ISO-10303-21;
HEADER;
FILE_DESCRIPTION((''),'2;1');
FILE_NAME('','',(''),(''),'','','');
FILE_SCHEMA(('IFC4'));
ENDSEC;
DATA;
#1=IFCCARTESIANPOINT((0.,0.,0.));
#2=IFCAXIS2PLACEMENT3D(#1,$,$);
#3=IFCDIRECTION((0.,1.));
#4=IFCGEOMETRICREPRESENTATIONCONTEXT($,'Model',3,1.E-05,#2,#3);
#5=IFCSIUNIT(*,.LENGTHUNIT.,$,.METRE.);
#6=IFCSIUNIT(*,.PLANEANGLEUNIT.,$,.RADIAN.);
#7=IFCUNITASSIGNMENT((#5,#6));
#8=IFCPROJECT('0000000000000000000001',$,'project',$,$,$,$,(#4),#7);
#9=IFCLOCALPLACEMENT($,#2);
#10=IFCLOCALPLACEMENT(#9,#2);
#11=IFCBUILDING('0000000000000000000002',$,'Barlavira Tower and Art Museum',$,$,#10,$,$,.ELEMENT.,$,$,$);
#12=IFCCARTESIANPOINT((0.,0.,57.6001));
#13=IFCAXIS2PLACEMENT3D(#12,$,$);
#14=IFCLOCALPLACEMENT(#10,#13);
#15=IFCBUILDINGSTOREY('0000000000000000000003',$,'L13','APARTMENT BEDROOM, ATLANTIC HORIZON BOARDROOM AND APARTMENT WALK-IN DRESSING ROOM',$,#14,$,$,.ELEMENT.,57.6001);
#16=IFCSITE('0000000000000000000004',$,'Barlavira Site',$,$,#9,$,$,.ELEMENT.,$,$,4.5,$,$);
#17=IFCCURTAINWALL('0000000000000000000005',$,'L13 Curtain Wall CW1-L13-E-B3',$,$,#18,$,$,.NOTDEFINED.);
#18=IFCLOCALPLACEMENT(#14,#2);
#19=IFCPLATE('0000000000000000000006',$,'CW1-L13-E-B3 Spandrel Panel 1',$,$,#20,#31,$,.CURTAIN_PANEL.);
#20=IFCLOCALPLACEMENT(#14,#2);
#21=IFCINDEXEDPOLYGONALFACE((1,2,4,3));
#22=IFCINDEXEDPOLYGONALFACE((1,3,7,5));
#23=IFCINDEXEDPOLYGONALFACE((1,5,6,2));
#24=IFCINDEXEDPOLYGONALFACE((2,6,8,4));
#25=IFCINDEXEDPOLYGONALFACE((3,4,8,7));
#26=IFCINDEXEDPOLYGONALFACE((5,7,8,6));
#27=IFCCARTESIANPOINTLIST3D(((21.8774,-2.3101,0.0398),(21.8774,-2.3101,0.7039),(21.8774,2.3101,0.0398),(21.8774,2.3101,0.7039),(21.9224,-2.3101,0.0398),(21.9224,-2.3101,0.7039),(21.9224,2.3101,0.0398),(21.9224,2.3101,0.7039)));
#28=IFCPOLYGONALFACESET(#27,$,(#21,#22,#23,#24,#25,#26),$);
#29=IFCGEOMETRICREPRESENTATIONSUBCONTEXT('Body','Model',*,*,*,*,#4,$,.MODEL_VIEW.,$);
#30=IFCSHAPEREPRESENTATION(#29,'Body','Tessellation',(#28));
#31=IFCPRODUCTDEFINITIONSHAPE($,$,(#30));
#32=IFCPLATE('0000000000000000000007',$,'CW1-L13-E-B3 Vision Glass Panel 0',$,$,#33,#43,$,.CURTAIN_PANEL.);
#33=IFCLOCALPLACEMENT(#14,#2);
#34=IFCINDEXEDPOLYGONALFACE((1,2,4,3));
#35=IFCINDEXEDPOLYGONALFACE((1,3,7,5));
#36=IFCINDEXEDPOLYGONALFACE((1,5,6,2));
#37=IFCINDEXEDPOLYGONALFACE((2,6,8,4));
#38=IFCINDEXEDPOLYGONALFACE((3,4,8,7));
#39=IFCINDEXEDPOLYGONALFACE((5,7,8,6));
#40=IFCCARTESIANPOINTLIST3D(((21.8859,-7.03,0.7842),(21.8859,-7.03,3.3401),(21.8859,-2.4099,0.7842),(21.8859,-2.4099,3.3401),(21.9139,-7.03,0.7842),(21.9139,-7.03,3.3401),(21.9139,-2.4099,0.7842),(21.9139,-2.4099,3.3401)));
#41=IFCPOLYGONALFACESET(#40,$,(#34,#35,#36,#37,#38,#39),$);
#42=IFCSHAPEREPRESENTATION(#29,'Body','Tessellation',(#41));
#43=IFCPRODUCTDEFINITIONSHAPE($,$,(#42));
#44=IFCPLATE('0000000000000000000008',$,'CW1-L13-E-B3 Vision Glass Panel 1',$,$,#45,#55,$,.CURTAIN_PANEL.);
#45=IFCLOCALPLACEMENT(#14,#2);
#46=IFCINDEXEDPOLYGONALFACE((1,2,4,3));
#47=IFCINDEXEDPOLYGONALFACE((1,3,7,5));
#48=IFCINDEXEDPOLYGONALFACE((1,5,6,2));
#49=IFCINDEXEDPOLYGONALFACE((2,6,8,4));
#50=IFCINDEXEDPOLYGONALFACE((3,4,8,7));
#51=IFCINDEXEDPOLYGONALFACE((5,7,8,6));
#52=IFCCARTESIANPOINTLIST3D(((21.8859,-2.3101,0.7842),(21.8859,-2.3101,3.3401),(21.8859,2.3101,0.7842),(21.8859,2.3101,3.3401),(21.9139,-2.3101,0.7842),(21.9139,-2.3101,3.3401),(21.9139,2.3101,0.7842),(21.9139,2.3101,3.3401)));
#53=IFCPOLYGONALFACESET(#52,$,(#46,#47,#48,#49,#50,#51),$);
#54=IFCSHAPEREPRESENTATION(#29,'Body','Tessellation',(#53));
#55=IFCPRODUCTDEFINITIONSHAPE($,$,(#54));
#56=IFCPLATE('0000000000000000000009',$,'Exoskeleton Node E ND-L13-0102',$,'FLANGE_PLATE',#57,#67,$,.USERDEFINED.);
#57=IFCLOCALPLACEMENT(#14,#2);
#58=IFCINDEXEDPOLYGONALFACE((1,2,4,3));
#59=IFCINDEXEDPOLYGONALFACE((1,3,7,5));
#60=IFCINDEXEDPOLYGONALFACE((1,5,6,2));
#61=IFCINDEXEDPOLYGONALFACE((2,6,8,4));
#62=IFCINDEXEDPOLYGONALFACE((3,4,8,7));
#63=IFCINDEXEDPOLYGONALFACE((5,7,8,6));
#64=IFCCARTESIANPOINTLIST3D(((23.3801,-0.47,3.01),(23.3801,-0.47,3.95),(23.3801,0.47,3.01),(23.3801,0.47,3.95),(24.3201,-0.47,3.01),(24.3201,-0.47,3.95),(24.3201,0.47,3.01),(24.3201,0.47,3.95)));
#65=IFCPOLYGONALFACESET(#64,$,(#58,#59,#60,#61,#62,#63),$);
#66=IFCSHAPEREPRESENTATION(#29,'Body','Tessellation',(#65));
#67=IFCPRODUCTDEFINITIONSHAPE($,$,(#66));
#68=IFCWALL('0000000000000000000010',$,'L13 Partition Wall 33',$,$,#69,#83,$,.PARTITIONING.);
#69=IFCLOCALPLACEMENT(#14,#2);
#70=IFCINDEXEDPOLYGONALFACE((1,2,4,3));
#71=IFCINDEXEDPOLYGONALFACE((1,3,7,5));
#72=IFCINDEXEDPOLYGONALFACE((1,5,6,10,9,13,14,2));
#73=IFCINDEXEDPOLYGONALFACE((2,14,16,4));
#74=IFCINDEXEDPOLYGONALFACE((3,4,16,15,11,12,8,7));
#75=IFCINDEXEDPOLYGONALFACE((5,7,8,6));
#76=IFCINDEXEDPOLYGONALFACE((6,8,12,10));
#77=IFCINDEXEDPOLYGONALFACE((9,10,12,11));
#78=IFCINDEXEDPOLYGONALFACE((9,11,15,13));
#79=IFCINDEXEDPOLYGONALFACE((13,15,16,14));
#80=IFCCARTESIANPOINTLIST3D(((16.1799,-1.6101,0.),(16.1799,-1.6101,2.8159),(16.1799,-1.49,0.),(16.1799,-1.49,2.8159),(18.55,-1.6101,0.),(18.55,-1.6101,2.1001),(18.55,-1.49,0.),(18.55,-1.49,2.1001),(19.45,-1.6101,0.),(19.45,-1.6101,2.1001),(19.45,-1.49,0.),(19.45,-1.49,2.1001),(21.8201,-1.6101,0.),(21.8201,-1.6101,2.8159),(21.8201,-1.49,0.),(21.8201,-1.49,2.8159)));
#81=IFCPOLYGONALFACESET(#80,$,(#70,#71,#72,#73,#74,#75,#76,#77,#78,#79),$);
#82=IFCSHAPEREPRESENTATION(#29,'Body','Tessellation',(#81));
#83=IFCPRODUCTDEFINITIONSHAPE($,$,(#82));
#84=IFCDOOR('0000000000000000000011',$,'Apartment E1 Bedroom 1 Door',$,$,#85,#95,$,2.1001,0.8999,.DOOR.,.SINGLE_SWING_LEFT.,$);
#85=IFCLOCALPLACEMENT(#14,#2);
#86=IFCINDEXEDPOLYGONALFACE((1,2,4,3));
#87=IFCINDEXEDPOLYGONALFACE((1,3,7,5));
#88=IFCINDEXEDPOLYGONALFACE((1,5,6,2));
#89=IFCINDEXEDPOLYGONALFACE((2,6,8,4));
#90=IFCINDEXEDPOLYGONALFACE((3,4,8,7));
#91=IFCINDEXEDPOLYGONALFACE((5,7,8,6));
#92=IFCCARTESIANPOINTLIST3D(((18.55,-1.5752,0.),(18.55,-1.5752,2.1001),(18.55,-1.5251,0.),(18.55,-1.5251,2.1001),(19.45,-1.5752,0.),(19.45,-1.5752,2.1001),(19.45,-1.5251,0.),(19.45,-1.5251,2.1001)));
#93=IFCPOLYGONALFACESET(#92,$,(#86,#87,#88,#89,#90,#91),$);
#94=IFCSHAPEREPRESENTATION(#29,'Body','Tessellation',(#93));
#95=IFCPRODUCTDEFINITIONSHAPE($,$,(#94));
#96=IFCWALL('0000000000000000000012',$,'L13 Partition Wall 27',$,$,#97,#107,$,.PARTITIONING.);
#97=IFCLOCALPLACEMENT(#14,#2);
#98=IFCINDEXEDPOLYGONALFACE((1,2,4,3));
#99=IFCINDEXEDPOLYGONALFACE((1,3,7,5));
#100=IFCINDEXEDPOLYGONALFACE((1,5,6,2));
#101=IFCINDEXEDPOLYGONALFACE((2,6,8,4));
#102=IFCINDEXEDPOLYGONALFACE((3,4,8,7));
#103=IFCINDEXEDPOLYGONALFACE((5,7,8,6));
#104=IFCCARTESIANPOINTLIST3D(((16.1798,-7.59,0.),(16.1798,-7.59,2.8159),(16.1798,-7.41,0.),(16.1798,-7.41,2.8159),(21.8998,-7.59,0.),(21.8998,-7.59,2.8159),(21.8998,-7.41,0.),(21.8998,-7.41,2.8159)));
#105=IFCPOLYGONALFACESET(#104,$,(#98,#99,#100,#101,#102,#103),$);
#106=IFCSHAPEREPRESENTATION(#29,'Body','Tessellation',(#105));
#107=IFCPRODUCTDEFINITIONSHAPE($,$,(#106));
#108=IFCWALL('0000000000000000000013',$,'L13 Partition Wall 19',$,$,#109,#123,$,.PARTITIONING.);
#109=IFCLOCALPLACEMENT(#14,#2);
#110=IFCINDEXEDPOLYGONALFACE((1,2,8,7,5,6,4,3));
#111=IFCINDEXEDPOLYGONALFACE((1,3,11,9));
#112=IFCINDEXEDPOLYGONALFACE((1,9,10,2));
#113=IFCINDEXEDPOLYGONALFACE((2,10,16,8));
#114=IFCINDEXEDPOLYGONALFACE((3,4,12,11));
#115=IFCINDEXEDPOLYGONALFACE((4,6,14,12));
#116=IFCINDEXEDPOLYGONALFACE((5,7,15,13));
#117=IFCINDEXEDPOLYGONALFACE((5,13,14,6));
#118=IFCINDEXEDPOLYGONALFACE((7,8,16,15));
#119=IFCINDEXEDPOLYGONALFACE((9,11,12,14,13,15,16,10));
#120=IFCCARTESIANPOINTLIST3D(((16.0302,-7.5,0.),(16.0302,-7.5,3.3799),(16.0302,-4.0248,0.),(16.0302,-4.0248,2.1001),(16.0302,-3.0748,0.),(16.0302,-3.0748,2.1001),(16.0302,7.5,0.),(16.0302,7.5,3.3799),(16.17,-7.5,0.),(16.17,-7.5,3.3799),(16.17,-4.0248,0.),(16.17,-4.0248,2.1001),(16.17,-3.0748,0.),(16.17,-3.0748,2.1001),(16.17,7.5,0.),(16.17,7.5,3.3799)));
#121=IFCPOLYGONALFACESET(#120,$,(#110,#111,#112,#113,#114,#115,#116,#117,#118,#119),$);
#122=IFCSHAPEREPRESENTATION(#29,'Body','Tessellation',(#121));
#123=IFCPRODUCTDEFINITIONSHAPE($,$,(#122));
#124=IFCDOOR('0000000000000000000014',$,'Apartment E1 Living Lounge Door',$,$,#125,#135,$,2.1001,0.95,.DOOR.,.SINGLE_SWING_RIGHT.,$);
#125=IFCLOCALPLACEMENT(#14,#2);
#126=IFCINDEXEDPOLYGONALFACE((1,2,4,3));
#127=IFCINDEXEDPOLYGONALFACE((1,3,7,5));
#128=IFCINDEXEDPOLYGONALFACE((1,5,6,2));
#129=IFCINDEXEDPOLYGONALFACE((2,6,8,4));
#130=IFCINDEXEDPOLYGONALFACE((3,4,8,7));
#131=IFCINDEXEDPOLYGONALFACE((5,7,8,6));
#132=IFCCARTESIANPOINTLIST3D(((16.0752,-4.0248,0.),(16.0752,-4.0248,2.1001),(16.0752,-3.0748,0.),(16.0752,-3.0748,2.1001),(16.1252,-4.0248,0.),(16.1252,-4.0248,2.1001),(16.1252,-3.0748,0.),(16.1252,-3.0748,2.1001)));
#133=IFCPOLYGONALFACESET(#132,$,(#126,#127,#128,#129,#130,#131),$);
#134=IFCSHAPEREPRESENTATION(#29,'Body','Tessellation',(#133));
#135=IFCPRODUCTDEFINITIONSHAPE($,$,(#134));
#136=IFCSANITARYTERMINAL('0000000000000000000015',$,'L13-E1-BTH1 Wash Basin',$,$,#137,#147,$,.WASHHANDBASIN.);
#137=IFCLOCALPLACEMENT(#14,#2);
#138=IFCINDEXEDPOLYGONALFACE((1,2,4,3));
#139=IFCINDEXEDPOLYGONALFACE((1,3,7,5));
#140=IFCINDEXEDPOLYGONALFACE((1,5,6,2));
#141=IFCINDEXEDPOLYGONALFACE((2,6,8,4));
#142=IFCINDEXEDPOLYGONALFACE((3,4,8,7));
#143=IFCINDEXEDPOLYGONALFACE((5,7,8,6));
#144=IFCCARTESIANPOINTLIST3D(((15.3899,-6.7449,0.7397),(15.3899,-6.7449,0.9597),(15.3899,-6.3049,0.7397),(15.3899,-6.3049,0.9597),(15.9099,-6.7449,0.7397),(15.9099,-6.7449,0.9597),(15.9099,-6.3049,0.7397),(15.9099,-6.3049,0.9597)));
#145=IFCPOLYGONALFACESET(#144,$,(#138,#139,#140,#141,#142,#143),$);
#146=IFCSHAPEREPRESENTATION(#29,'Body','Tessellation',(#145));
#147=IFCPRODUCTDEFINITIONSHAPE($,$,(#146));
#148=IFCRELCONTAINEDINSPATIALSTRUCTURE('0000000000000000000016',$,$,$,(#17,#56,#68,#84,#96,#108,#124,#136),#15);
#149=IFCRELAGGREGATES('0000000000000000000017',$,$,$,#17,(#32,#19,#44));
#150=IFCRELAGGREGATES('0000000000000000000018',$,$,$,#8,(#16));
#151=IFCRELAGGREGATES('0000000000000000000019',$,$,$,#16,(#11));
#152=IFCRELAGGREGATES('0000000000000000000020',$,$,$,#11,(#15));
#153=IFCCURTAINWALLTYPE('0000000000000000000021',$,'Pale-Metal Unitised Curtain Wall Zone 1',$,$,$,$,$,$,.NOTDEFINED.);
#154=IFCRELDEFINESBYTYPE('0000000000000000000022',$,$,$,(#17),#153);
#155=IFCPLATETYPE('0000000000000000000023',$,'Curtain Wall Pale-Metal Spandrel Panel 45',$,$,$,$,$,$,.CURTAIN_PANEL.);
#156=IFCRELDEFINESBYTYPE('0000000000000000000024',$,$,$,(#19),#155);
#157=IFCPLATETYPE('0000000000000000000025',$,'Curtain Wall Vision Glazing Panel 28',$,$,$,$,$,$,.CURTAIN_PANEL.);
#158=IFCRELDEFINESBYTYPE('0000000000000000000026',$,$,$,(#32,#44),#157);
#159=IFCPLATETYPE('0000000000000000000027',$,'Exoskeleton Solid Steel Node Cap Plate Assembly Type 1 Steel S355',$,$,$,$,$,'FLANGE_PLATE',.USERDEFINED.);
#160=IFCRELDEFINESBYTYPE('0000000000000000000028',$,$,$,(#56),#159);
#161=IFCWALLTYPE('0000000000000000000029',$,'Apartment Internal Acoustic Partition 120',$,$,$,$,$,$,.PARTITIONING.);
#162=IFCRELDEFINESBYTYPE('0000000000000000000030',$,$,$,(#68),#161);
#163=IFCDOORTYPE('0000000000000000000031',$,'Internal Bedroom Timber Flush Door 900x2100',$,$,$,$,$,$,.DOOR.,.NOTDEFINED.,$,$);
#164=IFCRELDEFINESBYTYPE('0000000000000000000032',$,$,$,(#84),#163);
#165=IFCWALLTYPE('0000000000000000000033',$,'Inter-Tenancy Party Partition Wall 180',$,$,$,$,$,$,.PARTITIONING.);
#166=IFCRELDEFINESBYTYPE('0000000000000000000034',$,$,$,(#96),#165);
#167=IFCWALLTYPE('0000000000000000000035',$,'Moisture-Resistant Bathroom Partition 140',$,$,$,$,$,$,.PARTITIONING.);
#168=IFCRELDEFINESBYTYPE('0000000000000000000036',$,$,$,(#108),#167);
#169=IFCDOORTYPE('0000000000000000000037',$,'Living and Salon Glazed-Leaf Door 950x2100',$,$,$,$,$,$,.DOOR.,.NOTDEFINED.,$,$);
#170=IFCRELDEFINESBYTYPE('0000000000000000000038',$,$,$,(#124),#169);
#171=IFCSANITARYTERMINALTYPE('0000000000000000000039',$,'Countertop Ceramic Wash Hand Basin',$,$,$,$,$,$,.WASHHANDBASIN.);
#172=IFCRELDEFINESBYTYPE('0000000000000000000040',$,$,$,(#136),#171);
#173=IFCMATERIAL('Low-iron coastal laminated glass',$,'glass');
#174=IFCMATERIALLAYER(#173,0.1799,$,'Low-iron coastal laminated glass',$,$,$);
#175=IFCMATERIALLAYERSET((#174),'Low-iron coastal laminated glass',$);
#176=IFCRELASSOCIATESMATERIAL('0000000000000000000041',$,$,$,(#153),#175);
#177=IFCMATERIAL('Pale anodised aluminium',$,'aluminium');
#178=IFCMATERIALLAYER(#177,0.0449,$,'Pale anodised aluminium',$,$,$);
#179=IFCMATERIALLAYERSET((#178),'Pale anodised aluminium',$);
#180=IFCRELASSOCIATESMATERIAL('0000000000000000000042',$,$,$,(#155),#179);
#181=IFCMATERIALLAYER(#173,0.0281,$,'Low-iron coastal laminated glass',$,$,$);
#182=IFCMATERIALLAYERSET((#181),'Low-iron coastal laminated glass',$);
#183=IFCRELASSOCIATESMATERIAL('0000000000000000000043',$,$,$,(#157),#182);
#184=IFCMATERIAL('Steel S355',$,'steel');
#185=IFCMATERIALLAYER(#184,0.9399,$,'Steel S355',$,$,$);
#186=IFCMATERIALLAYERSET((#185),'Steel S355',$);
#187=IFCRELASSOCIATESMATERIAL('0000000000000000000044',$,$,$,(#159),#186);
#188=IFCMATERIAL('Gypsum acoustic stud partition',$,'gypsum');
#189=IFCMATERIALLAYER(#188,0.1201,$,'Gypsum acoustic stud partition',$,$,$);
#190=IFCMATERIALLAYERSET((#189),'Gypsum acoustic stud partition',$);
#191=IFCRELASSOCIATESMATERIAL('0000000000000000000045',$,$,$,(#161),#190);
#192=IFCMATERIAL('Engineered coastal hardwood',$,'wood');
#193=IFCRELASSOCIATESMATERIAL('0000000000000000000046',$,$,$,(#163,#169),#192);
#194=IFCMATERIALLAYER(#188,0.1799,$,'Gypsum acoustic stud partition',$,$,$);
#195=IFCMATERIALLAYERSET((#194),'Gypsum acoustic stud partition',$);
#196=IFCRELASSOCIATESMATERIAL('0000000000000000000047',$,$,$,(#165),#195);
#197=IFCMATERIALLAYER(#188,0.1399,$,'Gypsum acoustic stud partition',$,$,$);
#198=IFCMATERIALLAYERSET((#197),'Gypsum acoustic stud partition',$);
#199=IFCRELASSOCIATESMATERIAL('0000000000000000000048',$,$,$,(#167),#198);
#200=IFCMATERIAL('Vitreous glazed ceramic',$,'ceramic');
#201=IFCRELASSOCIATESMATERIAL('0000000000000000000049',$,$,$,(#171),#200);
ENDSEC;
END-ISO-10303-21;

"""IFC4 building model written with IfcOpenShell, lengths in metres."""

from ifc_helpers import new_model, si_unit, direction, frame, frame_2d, origin, origin_2d, place, context, subcontext, project, spatial, rectangle, extrude, material, layer, layer_set, type_object, element, fill, aggregate, save


model = new_model("IFC4")

# Units and contexts
model_context = context("Model", 3, precision=1e-05, world=origin(), true_north=direction((0.0, 1.0)))
body_context = subcontext(model_context, "Body", "Model", "MODEL_VIEW")
ifc_project = project(units=[si_unit("LENGTHUNIT", "METRE"), si_unit("PLANEANGLEUNIT", "RADIAN")], contexts=[model_context])

# Site, building, storey
site_placement = place(None, origin())
site = spatial("IfcSite", under=ifc_project, at=site_placement, Name="Barlavira Site", CompositionType="ELEMENT", RefElevation=4.5)
building_placement = place(site_placement, origin())
building = spatial("IfcBuilding", under=site, at=building_placement, Name="Barlavira Tower and Art Museum", CompositionType="ELEMENT")
storey_placement = place(building_placement, frame((0.0, 0.0, 57.6001)))
storey = spatial("IfcBuildingStorey", under=building, at=storey_placement, Name="L13", Description="APARTMENT BEDROOM, ATLANTIC HORIZON BOARDROOM AND APARTMENT WALK-IN DRESSING ROOM", CompositionType="ELEMENT", Elevation=57.6001)

# Curtain wall
ifc_material_1 = material(Name="Low-iron coastal laminated glass", Category="glass")
ifc_layer_1 = layer(ifc_material_1, 0.1799, Name="Low-iron coastal laminated glass")
ifc_layer_set_1 = layer_set([ifc_layer_1], Name="Low-iron coastal laminated glass")
curtain_wall_type = type_object("IfcCurtainWallType", Name="Pale-Metal Unitised Curtain Wall Zone 1", PredefinedType="NOTDEFINED", material=ifc_layer_set_1)
curtain_wall_placement = place(storey_placement, origin())
curtain_wall = element("IfcCurtainWall", 1, at=curtain_wall_placement, inside=storey, type_object=curtain_wall_type, Name="L13 Curtain Wall CW1-L13-E-B3", PredefinedType="NOTDEFINED")
ifc_material_2 = material(Name="Pale anodised aluminium", Category="aluminium")

# Shared definitions
ifc_material_3 = material(Name="Steel S355", Category="steel")

# Plates
ifc_layer_2 = layer(ifc_material_2, 0.0449, Name="Pale anodised aluminium")
ifc_layer_set_2 = layer_set([ifc_layer_2], Name="Pale anodised aluminium")
plate_type_1 = type_object("IfcPlateType", Name="Curtain Wall Pale-Metal Spandrel Panel 45", PredefinedType="CURTAIN_PANEL", material=ifc_layer_set_2)
plate_1_placement = place(storey_placement, frame((21.8999, 0.0, 0.0398), z_axis=(0.0, 0.0, 1.0), x_axis=(0.0, 1.0, 0.0)))
plate_1 = element("IfcPlate", 2, at=plate_1_placement, type_object=plate_type_1, Name="CW1-L13-E-B3 Spandrel Panel 1", PredefinedType="CURTAIN_PANEL", context=body_context, shape_type="SweptSolid", body=[
    extrude(rectangle(XDim=4.6201, YDim=0.0449, at=origin_2d()), origin(), (0.0, 0.0, 1.0), 0.6641),
])
ifc_layer_3 = layer(ifc_material_1, 0.0281, Name="Low-iron coastal laminated glass")
ifc_layer_set_3 = layer_set([ifc_layer_3], Name="Low-iron coastal laminated glass")
plate_type_2 = type_object("IfcPlateType", Name="Curtain Wall Vision Glazing Panel 28", PredefinedType="CURTAIN_PANEL", material=ifc_layer_set_3)
plate_2_placement = place(storey_placement, frame((21.8999, -4.72, 0.7842), z_axis=(0.0, 0.0, 1.0), x_axis=(0.0, 1.0, 0.0)))
plate_2 = element("IfcPlate", 3, at=plate_2_placement, type_object=plate_type_2, Name="CW1-L13-E-B3 Vision Glass Panel 0", PredefinedType="CURTAIN_PANEL", context=body_context, shape_type="SweptSolid", body=[
    extrude(rectangle(XDim=4.6201, YDim=0.0281, at=origin_2d()), origin(), (0.0, 0.0, 1.0), 2.5559),
])
plate_3_placement = place(storey_placement, frame((21.8999, 0.0, 0.7842), z_axis=(0.0, 0.0, 1.0), x_axis=(0.0, 1.0, 0.0)))
plate_3 = element("IfcPlate", 4, at=plate_3_placement, type_object=plate_type_2, Name="CW1-L13-E-B3 Vision Glass Panel 1", PredefinedType="CURTAIN_PANEL", context=body_context, shape_type="SweptSolid", body=[
    extrude(rectangle(XDim=4.6201, YDim=0.0281, at=origin_2d()), origin(), (0.0, 0.0, 1.0), 2.5559),
])
aggregate(curtain_wall, [plate_2, plate_1, plate_3])
ifc_layer_4 = layer(ifc_material_3, 0.9399, Name="Steel S355")
ifc_layer_set_4 = layer_set([ifc_layer_4], Name="Steel S355")
plate_type_3 = type_object("IfcPlateType", Name="Exoskeleton Solid Steel Node Cap Plate Assembly Type 1 Steel S355", ElementType="FLANGE_PLATE", PredefinedType="USERDEFINED", material=ifc_layer_set_4)
plate_4_placement = place(storey_placement, frame((23.8501, 0.0, 3.01), z_axis=(0.0, 0.0, 1.0), x_axis=(1.0, 0.0, 0.0)))
element("IfcPlate", 5, at=plate_4_placement, inside=storey, type_object=plate_type_3, Name="Exoskeleton Node E ND-L13-0102", ObjectType="FLANGE_PLATE", PredefinedType="USERDEFINED", context=body_context, shape_type="SweptSolid", body=[
    extrude(rectangle(XDim=0.9399, YDim=0.9399, at=origin_2d()), origin(), (0.0, 0.0, 1.0), 0.9399),
])

# Wall, opening, door
ifc_material_4 = material(Name="Gypsum acoustic stud partition", Category="gypsum")
ifc_layer_5 = layer(ifc_material_4, 0.1201, Name="Gypsum acoustic stud partition")
ifc_layer_set_5 = layer_set([ifc_layer_5], Name="Gypsum acoustic stud partition")
wall_type_1 = type_object("IfcWallType", Name="Apartment Internal Acoustic Partition 120", PredefinedType="PARTITIONING", material=ifc_layer_set_5)
wall_1_placement = place(storey_placement, frame((16.1799, -1.55, 0.0), z_axis=(0.0, 0.0, 1.0), x_axis=(1.0, 0.0, 0.0)))
wall_1 = element("IfcWall", 6, at=wall_1_placement, inside=storey, type_object=wall_type_1, Name="L13 Partition Wall 33", PredefinedType="PARTITIONING", context=body_context, shape_type="SweptSolid", body=[
    extrude(rectangle(XDim=5.6401, YDim=0.1201, at=frame_2d((2.8201, 0.0))), origin(), (0.0, 0.0, 1.0), 2.8159),
])
opening_1_placement = place(wall_1_placement, frame((2.3701, 0.0, 0.0)))
opening_1 = element("IfcOpeningElement", 7, at=opening_1_placement, cuts=wall_1, PredefinedType="OPENING", context=body_context, shape_type="SweptSolid", body=[
    extrude(rectangle(XDim=0.8999, YDim=2.1001, at=frame_2d((0.45, 1.05))), frame((0.0, 0.0701, 0.0), z_axis=(0.0, -1.0, 0.0), x_axis=(1.0, 0.0, 0.0)), (0.0, 0.0, 1.0), 0.1401),
])
ifc_material_5 = material(Name="Engineered coastal hardwood", Category="wood")
door_type_1 = type_object("IfcDoorType", Name="Internal Bedroom Timber Flush Door 900x2100", OperationType="NOTDEFINED", PredefinedType="DOOR", material=ifc_material_5)
door_1_placement = place(opening_1_placement, origin())
door_1 = element("IfcDoor", 8, at=door_1_placement, inside=storey, type_object=door_type_1, Name="Apartment E1 Bedroom 1 Door", OperationType="SINGLE_SWING_LEFT", OverallHeight=2.1001, OverallWidth=0.8999, PredefinedType="DOOR", context=body_context, shape_type="SweptSolid", body=[
    extrude(rectangle(XDim=0.8999, YDim=2.1001, at=frame_2d((0.45, 1.05))), frame((0.0, 0.0249, 0.0), z_axis=(0.0, -1.0, 0.0), x_axis=(1.0, 0.0, 0.0)), (0.0, 0.0, 1.0), 0.05),
])
fill(opening_1, door_1)

# Wall
ifc_layer_6 = layer(ifc_material_4, 0.1799, Name="Gypsum acoustic stud partition")
ifc_layer_set_6 = layer_set([ifc_layer_6], Name="Gypsum acoustic stud partition")
wall_type_2 = type_object("IfcWallType", Name="Inter-Tenancy Party Partition Wall 180", PredefinedType="PARTITIONING", material=ifc_layer_set_6)
wall_2_placement = place(storey_placement, frame((16.1799, -7.5, 0.0), z_axis=(0.0, 0.0, 1.0), x_axis=(1.0, 0.0, 0.0)))
element("IfcWall", 9, at=wall_2_placement, inside=storey, type_object=wall_type_2, Name="L13 Partition Wall 27", PredefinedType="PARTITIONING", context=body_context, shape_type="SweptSolid", body=[
    extrude(rectangle(XDim=5.72, YDim=0.1799, at=frame_2d((2.8599, 0.0))), origin(), (0.0, 0.0, 1.0), 2.8159),
])

# Wall, opening, door
ifc_layer_7 = layer(ifc_material_4, 0.1399, Name="Gypsum acoustic stud partition")
ifc_layer_set_7 = layer_set([ifc_layer_7], Name="Gypsum acoustic stud partition")
wall_type_3 = type_object("IfcWallType", Name="Moisture-Resistant Bathroom Partition 140", PredefinedType="PARTITIONING", material=ifc_layer_set_7)
wall_3_placement = place(storey_placement, frame((16.1001, -7.5, 0.0), z_axis=(0.0, 0.0, 1.0), x_axis=(0.0, 1.0, 0.0)))
wall_3 = element("IfcWall", 10, at=wall_3_placement, inside=storey, type_object=wall_type_3, Name="L13 Partition Wall 19", PredefinedType="PARTITIONING", context=body_context, shape_type="SweptSolid", body=[
    extrude(rectangle(XDim=15.0, YDim=0.1399, at=frame_2d((7.5, 0.0))), origin(), (0.0, 0.0, 1.0), 3.3799),
])
opening_2_placement = place(wall_3_placement, frame((3.4751, 0.0, 0.0)))
opening_2 = element("IfcOpeningElement", 11, at=opening_2_placement, cuts=wall_3, PredefinedType="OPENING", context=body_context, shape_type="SweptSolid", body=[
    extrude(rectangle(XDim=0.95, YDim=2.1001, at=frame_2d((0.4751, 1.05))), frame((0.0, 0.0801, 0.0), z_axis=(0.0, -1.0, 0.0), x_axis=(1.0, 0.0, 0.0)), (0.0, 0.0, 1.0), 0.1599),
])
door_type_2 = type_object("IfcDoorType", Name="Living and Salon Glazed-Leaf Door 950x2100", OperationType="NOTDEFINED", PredefinedType="DOOR", material=ifc_material_5)
door_2_placement = place(opening_2_placement, origin())
door_2 = element("IfcDoor", 12, at=door_2_placement, inside=storey, type_object=door_type_2, Name="Apartment E1 Living Lounge Door", OperationType="SINGLE_SWING_RIGHT", OverallHeight=2.1001, OverallWidth=0.95, PredefinedType="DOOR", context=body_context, shape_type="SweptSolid", body=[
    extrude(rectangle(XDim=0.95, YDim=2.1001, at=frame_2d((0.4751, 1.05))), frame((0.0, 0.0249, 0.0), z_axis=(0.0, -1.0, 0.0), x_axis=(1.0, 0.0, 0.0)), (0.0, 0.0, 1.0), 0.05),
])
fill(opening_2, door_2)

# Sanitary terminal
ifc_material_6 = material(Name="Vitreous glazed ceramic", Category="ceramic")
sanitary_terminal_type = type_object("IfcSanitaryTerminalType", Name="Countertop Ceramic Wash Hand Basin", PredefinedType="WASHHANDBASIN", material=ifc_material_6)
sanitary_terminal_placement = place(storey_placement, frame((15.6499, -6.5249, 0.7397), z_axis=(0.0, 0.0, 1.0), x_axis=(1.0, 0.0, 0.0)))
element("IfcSanitaryTerminal", 13, at=sanitary_terminal_placement, inside=storey, type_object=sanitary_terminal_type, Name="L13-E1-BTH1 Wash Basin", PredefinedType="WASHHANDBASIN", context=body_context, shape_type="SweptSolid", body=[
    extrude(rectangle(XDim=0.52, YDim=0.4399, at=origin_2d()), origin(), (0.0, 0.0, 1.0), 0.22),
])

save(model, "model.ifc")
